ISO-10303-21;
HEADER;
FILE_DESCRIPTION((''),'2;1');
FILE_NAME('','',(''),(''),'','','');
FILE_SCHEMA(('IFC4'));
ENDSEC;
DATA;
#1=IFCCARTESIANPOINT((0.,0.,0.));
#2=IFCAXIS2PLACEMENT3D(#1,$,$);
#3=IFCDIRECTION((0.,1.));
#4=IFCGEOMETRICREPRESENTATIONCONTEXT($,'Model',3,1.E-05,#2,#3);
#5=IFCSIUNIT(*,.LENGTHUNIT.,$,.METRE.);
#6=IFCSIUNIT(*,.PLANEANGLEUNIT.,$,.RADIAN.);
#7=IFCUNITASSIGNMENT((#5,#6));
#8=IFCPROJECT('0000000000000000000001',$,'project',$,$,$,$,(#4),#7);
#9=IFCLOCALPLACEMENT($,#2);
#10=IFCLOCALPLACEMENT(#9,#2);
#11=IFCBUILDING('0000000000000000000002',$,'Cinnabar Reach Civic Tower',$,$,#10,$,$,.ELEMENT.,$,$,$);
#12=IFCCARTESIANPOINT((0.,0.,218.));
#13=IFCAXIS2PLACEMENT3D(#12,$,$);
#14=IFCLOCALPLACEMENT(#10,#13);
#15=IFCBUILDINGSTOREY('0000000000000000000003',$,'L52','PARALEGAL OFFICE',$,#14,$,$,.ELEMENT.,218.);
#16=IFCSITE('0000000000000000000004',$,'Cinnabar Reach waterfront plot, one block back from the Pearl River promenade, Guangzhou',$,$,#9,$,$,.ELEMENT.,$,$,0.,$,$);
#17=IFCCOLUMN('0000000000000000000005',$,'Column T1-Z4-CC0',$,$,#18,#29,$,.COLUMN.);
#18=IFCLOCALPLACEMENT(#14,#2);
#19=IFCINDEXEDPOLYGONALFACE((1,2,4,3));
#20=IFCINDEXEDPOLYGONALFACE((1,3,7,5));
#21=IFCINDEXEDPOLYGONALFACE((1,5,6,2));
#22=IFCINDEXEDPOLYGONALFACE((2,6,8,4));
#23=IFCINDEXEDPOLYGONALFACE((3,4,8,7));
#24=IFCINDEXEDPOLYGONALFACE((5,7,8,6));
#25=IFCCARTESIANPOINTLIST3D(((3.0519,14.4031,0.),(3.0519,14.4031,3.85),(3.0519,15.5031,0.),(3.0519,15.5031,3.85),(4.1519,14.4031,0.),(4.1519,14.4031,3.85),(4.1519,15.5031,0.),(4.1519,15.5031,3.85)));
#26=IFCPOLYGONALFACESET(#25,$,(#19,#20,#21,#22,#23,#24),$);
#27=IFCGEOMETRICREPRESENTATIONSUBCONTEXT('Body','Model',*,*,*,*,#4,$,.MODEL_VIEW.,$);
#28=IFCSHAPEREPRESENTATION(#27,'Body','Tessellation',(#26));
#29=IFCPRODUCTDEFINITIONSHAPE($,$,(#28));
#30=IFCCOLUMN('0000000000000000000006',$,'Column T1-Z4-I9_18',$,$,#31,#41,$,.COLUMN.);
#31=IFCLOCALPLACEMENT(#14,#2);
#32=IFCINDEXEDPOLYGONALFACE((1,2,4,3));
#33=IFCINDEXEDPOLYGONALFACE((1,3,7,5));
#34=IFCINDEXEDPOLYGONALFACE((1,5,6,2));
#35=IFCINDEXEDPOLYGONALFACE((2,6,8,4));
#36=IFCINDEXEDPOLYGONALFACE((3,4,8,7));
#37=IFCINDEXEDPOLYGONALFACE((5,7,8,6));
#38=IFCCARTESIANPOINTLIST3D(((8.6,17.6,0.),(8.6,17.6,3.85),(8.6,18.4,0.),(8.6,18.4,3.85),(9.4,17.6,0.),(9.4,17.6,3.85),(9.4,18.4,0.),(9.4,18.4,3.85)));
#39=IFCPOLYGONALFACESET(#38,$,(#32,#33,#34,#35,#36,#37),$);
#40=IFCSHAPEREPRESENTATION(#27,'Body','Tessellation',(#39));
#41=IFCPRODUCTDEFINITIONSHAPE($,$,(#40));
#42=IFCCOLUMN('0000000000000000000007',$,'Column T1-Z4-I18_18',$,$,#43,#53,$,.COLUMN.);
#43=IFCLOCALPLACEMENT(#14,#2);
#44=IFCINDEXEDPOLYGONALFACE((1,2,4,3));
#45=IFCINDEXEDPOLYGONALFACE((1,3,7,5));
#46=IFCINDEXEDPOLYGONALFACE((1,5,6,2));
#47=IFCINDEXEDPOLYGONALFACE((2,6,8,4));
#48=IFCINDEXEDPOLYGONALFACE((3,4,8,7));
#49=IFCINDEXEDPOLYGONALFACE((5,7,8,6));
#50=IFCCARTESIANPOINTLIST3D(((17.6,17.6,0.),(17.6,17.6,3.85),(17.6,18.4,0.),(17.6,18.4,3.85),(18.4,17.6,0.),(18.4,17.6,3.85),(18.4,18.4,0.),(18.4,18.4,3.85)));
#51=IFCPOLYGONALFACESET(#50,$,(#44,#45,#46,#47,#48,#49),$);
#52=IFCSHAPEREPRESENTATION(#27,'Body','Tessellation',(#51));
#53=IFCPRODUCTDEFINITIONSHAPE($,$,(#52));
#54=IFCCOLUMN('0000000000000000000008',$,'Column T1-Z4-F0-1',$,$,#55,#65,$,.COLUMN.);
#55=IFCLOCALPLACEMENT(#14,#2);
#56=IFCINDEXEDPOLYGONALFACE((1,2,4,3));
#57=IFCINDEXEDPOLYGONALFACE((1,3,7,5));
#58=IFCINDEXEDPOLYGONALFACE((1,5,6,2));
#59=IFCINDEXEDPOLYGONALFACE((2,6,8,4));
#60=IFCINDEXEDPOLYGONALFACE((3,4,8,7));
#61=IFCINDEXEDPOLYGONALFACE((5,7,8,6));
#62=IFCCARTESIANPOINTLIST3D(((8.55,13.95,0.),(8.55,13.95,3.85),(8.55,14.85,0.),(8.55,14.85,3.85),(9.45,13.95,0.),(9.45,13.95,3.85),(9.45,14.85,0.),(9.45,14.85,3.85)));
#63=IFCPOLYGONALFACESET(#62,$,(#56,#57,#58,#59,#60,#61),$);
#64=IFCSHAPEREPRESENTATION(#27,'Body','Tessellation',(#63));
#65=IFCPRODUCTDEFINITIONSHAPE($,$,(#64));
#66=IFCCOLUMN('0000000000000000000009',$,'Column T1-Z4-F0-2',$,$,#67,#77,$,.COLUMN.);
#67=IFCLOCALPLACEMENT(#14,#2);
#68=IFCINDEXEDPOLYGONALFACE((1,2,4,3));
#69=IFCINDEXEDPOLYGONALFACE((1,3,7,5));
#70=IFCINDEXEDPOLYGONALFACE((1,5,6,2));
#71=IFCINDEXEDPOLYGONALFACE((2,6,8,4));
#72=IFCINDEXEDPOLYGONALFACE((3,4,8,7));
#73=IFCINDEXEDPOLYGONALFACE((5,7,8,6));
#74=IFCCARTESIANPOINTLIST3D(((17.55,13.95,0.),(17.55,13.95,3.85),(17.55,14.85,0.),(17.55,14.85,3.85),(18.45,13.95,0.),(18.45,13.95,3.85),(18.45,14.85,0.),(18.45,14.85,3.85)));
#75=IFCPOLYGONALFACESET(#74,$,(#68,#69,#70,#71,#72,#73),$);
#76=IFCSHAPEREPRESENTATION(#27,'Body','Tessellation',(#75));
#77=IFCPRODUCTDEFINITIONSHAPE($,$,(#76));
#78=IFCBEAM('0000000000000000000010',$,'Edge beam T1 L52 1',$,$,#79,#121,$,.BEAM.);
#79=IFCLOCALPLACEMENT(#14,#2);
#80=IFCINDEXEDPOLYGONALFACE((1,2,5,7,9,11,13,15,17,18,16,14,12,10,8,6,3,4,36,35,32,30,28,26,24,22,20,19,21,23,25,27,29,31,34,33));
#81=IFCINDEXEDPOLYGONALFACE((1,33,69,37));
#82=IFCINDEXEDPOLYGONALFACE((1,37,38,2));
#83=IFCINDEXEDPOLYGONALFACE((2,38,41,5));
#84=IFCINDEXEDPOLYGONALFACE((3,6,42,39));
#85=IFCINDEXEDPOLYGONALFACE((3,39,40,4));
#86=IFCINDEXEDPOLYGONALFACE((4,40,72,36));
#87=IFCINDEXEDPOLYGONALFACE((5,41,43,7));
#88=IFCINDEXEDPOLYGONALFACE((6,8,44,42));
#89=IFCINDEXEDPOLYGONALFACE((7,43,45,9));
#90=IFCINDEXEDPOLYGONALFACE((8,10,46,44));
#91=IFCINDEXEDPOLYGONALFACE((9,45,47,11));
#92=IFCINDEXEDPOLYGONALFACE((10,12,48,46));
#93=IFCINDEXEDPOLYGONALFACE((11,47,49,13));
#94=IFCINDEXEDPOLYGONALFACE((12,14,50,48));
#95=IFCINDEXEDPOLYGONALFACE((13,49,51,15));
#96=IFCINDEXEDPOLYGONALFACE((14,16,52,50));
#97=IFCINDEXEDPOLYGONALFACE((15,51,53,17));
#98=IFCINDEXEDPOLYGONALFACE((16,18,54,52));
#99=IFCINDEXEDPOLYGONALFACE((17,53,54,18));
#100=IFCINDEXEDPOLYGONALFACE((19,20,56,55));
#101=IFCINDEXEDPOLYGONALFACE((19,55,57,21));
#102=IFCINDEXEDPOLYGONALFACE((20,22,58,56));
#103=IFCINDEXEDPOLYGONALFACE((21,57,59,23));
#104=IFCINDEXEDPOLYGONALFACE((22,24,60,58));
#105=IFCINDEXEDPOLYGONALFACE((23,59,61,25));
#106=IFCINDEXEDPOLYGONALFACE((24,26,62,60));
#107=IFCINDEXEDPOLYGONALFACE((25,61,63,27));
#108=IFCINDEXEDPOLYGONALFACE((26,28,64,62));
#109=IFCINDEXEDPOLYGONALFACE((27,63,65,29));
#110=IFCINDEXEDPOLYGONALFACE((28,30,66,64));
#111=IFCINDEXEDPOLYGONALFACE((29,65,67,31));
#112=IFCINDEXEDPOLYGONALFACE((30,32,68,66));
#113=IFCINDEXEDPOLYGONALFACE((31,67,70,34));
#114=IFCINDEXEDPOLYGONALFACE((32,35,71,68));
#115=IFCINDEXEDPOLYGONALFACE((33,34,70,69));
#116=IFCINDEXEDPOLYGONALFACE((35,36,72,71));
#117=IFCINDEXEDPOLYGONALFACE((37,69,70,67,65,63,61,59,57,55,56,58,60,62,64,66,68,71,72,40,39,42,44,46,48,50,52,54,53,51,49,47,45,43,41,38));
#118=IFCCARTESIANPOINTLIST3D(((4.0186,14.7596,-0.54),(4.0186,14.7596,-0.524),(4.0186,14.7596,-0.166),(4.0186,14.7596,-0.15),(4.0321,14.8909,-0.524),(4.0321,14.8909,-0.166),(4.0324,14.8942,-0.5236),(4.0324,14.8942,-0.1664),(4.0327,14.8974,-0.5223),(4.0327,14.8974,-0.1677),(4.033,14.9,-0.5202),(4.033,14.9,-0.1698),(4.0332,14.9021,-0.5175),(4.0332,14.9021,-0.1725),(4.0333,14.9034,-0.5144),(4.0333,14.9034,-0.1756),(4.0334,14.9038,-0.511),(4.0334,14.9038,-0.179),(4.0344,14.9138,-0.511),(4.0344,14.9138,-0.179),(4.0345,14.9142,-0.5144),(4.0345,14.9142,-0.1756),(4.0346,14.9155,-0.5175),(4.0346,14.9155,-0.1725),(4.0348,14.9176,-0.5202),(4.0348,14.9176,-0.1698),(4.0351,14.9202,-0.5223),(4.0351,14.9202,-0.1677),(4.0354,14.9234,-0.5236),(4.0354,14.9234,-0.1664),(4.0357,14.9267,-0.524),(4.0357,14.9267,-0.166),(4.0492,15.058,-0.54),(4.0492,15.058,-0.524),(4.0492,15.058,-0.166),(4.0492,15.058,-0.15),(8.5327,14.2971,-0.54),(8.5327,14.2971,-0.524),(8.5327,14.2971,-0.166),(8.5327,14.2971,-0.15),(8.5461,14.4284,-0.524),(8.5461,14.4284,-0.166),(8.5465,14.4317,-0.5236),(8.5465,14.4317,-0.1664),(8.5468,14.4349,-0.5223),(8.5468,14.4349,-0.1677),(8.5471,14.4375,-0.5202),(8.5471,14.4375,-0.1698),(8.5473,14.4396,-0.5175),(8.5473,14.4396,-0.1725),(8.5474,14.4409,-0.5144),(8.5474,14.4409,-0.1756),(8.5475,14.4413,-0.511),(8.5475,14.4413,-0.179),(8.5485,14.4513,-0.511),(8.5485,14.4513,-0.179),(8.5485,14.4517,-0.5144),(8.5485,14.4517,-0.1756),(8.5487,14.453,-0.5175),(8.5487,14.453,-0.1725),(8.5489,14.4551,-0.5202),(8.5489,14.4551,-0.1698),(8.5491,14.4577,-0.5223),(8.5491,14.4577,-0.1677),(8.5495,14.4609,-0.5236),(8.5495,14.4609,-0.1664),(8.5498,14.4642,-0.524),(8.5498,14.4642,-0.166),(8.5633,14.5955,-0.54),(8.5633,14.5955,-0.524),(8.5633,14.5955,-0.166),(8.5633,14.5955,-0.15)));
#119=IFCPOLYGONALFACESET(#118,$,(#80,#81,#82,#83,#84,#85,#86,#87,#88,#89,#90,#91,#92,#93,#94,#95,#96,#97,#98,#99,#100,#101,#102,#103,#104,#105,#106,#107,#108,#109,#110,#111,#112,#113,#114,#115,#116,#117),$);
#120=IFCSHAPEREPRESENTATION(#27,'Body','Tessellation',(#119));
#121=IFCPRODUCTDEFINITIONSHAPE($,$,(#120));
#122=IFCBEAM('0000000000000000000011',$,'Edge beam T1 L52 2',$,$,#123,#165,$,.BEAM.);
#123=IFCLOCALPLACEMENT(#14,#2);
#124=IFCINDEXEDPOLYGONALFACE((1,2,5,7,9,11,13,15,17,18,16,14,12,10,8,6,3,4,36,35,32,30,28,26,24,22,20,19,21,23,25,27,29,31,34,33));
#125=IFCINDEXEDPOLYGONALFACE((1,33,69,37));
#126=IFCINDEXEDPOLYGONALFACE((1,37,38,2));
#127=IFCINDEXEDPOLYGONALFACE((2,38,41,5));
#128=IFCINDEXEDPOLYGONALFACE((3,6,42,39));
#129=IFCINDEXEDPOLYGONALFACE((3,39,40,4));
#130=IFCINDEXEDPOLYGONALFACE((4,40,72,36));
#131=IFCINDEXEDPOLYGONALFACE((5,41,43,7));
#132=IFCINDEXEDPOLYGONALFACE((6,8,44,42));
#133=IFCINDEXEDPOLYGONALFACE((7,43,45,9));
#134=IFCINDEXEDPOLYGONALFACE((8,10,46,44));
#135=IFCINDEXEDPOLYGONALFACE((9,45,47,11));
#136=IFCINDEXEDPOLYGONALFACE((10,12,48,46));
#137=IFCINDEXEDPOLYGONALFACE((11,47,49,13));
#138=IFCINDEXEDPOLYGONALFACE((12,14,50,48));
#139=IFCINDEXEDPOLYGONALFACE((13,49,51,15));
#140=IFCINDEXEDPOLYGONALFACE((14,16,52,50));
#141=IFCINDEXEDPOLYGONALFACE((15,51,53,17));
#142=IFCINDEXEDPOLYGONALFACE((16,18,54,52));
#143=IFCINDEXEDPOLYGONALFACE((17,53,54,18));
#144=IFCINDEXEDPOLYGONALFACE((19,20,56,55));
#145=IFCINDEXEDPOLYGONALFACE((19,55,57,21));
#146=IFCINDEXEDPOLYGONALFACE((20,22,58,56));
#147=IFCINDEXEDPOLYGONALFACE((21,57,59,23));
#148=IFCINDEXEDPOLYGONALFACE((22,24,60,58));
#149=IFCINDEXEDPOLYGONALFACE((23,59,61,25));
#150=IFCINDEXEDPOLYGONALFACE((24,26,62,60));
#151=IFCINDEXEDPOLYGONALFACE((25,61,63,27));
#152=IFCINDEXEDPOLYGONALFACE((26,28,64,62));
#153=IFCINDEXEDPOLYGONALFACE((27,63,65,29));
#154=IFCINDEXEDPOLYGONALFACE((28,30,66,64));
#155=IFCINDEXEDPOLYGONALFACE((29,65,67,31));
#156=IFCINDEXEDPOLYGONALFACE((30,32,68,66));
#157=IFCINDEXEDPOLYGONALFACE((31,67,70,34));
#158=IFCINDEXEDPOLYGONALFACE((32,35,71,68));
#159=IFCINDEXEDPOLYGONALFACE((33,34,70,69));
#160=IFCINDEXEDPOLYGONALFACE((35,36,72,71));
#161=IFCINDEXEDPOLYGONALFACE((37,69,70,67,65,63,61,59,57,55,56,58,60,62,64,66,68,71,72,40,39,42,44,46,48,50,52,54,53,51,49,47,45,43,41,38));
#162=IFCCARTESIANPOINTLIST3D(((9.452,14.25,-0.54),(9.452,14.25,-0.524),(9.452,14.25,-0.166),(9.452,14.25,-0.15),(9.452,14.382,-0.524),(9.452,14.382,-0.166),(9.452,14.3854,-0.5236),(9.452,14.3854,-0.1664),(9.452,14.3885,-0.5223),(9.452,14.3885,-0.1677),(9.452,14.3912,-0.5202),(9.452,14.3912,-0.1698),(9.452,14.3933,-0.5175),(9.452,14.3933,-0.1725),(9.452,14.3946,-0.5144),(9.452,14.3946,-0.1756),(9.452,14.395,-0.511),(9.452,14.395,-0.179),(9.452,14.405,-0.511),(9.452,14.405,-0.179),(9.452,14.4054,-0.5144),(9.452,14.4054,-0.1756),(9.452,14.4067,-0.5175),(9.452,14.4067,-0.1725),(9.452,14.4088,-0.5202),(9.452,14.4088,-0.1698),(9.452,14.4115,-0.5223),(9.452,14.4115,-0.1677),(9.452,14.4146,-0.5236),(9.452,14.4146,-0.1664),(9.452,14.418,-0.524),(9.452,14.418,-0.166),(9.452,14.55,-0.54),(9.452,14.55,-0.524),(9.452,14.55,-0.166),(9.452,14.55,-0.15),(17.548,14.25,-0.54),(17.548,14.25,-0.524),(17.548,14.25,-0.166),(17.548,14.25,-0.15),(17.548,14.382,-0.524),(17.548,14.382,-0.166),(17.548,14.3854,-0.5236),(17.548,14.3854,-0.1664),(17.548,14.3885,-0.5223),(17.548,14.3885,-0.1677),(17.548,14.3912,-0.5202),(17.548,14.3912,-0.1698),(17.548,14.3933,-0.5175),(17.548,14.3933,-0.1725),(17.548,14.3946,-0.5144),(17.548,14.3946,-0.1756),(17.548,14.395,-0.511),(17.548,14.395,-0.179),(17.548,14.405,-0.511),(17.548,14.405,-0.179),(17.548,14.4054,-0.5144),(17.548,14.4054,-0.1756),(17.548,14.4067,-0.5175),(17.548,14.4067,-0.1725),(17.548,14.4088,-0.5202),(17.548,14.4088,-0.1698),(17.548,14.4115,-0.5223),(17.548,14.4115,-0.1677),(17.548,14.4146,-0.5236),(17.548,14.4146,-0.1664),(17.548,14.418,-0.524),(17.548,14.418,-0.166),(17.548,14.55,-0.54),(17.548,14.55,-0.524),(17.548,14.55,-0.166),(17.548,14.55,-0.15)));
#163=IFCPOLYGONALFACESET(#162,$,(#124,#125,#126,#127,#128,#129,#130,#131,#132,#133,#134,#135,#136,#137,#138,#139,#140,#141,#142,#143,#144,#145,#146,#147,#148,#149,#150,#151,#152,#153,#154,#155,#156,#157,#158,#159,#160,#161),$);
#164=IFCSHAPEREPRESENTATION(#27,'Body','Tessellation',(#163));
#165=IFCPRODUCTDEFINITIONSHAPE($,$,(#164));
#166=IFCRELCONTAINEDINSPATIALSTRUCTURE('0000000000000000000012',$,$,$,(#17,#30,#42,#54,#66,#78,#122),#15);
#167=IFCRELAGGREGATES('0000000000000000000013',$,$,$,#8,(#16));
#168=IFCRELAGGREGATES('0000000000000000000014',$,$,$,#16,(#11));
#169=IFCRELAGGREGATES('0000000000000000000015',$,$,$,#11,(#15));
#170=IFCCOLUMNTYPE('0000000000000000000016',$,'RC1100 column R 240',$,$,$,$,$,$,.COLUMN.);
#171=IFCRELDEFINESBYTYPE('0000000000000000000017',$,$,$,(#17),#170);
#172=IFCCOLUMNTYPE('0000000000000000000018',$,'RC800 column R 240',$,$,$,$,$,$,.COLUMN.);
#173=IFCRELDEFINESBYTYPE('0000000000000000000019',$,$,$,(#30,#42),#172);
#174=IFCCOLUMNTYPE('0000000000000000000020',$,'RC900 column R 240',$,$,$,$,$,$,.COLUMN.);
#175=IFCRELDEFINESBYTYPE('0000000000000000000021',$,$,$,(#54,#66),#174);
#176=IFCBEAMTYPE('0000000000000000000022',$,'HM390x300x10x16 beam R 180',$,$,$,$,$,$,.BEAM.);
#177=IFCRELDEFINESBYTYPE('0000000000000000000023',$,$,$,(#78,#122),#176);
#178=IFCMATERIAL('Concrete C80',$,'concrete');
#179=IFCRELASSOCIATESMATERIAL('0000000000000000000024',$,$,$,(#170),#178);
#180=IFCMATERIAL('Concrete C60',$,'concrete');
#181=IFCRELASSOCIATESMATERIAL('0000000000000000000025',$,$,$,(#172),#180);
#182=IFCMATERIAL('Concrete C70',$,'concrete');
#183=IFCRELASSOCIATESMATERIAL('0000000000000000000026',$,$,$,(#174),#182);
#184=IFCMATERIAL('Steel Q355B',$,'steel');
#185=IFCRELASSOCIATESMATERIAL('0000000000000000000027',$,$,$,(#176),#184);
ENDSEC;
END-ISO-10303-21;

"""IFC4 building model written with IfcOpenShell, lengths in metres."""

from ifc_helpers import new_model, si_unit, direction, frame, origin, origin_2d, place, context, subcontext, project, spatial, rectangle, i_section, extrude, material, material_profile, profile_set, type_object, element, save


model = new_model("IFC4")

# Units and contexts
model_context = context("Model", 3, precision=1e-05, world=origin(), true_north=direction((0.0, 1.0)))
body_context = subcontext(model_context, "Body", "Model", "MODEL_VIEW")
ifc_project = project(units=[si_unit("LENGTHUNIT", "METRE"), si_unit("PLANEANGLEUNIT", "RADIAN")], contexts=[model_context])

# Site, building, storey
site_placement = place(None, origin())
site = spatial("IfcSite", under=ifc_project, at=site_placement, Name="Cinnabar Reach waterfront plot, one block back from the Pearl River promenade, Guangzhou", CompositionType="ELEMENT", RefElevation=0.0)
building_placement = place(site_placement, origin())
building = spatial("IfcBuilding", under=site, at=building_placement, Name="Cinnabar Reach Civic Tower", CompositionType="ELEMENT")
storey_placement = place(building_placement, frame((0.0, 0.0, 218.0)))
storey = spatial("IfcBuildingStorey", under=building, at=storey_placement, Name="L52", Description="PARALEGAL OFFICE", CompositionType="ELEMENT", Elevation=218.0)

# Columns
ifc_material_1 = material(Name="Concrete C80", Category="concrete")
ifc_material_profile_1 = material_profile(ifc_material_1, rectangle(XDim=1.1, YDim=1.1, at=origin_2d()), Name="RC1100")
ifc_profile_set_1 = profile_set([ifc_material_profile_1], Name="Concrete C80")
column_type_1 = type_object("IfcColumnType", Name="RC1100 column R 240", PredefinedType="COLUMN", material=ifc_profile_set_1)
column_placement = place(storey_placement, frame((3.6019, 14.9531, 0.0), z_axis=(0.0, 0.0, 1.0), x_axis=(1.0, 0.0, 0.0)))
element("IfcColumn", 1, at=column_placement, inside=storey, type_object=column_type_1, Name="Column T1-Z4-CC0", PredefinedType="COLUMN", context=body_context, shape_type="SweptSolid", body=[
    extrude(rectangle(XDim=1.1, YDim=1.1, at=origin_2d()), origin(), (0.0, 0.0, 1.0), 3.85),
])
ifc_material_2 = material(Name="Concrete C60", Category="concrete")
ifc_material_profile_2 = material_profile(ifc_material_2, rectangle(XDim=0.8, YDim=0.8, at=origin_2d()), Name="RC800")
ifc_profile_set_2 = profile_set([ifc_material_profile_2], Name="Concrete C60")
column_type_2 = type_object("IfcColumnType", Name="RC800 column R 240", PredefinedType="COLUMN", material=ifc_profile_set_2)
for number, where, z_axis, x_axis, name in (
    (2, (9.0, 18.0, 0.0), (0.0, 0.0, 1.0), (1.0, 0.0, 0.0), "Column T1-Z4-I9_18"),
    (3, (18.0, 18.0, 0.0), (0.0, 0.0, 1.0), (1.0, 0.0, 0.0), "Column T1-Z4-I18_18"),
):
    element("IfcColumn", number, at=place(storey_placement, frame(where, z_axis=z_axis, x_axis=x_axis)), inside=storey, type_object=column_type_2, Name=name, PredefinedType="COLUMN", context=body_context, shape_type="SweptSolid", body=[
        extrude(rectangle(XDim=0.8, YDim=0.8, at=origin_2d()), origin(), (0.0, 0.0, 1.0), 3.85),
    ])
ifc_material_3 = material(Name="Concrete C70", Category="concrete")
ifc_material_profile_3 = material_profile(ifc_material_3, rectangle(XDim=0.9, YDim=0.9, at=origin_2d()), Name="RC900")
ifc_profile_set_3 = profile_set([ifc_material_profile_3], Name="Concrete C70")
column_type_3 = type_object("IfcColumnType", Name="RC900 column R 240", PredefinedType="COLUMN", material=ifc_profile_set_3)
for number, where, z_axis, x_axis, name in (
    (4, (9.0, 14.4, 0.0), (0.0, 0.0, 1.0), (1.0, 0.0, 0.0), "Column T1-Z4-F0-1"),
    (5, (18.0, 14.4, 0.0), (0.0, 0.0, 1.0), (1.0, 0.0, 0.0), "Column T1-Z4-F0-2"),
):
    element("IfcColumn", number, at=place(storey_placement, frame(where, z_axis=z_axis, x_axis=x_axis)), inside=storey, type_object=column_type_3, Name=name, PredefinedType="COLUMN", context=body_context, shape_type="SweptSolid", body=[
        extrude(rectangle(XDim=0.9, YDim=0.9, at=origin_2d()), origin(), (0.0, 0.0, 1.0), 3.85),
    ])

# Beams
ifc_material_4 = material(Name="Steel Q355B", Category="steel")
ifc_material_profile_4 = material_profile(ifc_material_4, i_section(OverallWidth=0.3, OverallDepth=0.39, WebThickness=0.01, FlangeThickness=0.016, FilletRadius=0.013, at=origin_2d()), Name="HM390x300x10x16")
ifc_profile_set_4 = profile_set([ifc_material_profile_4], Name="Steel Q355B")
beam_type_1 = type_object("IfcBeamType", Name="HM390x300x10x16 beam R 180", PredefinedType="BEAM", material=ifc_profile_set_4)
beam_1_placement = place(storey_placement, frame((4.0339, 14.9088, -0.345), z_axis=(0.994792, -0.101923, 0.0), x_axis=(0.101923, 0.994792, 0.0)))
element("IfcBeam", 6, at=beam_1_placement, inside=storey, type_object=beam_type_1, Name="Edge beam T1 L52 1", PredefinedType="BEAM", context=body_context, shape_type="SweptSolid", body=[
    extrude(i_section(OverallWidth=0.3, OverallDepth=0.39, WebThickness=0.01, FlangeThickness=0.016, FilletRadius=0.013, at=origin_2d()), origin(), (0.0, 0.0, 1.0), 4.5377),
])
beam_2_placement = place(storey_placement, frame((9.452, 14.4, -0.345), z_axis=(1.0, 0.0, 0.0), x_axis=(0.0, 1.0, 0.0)))
element("IfcBeam", 7, at=beam_2_placement, inside=storey, type_object=beam_type_1, Name="Edge beam T1 L52 2", PredefinedType="BEAM", context=body_context, shape_type="SweptSolid", body=[
    extrude(i_section(OverallWidth=0.3, OverallDepth=0.39, WebThickness=0.01, FlangeThickness=0.016, FilletRadius=0.013, at=origin_2d()), origin(), (0.0, 0.0, 1.0), 8.096),
])

save(model, "model.ifc")
